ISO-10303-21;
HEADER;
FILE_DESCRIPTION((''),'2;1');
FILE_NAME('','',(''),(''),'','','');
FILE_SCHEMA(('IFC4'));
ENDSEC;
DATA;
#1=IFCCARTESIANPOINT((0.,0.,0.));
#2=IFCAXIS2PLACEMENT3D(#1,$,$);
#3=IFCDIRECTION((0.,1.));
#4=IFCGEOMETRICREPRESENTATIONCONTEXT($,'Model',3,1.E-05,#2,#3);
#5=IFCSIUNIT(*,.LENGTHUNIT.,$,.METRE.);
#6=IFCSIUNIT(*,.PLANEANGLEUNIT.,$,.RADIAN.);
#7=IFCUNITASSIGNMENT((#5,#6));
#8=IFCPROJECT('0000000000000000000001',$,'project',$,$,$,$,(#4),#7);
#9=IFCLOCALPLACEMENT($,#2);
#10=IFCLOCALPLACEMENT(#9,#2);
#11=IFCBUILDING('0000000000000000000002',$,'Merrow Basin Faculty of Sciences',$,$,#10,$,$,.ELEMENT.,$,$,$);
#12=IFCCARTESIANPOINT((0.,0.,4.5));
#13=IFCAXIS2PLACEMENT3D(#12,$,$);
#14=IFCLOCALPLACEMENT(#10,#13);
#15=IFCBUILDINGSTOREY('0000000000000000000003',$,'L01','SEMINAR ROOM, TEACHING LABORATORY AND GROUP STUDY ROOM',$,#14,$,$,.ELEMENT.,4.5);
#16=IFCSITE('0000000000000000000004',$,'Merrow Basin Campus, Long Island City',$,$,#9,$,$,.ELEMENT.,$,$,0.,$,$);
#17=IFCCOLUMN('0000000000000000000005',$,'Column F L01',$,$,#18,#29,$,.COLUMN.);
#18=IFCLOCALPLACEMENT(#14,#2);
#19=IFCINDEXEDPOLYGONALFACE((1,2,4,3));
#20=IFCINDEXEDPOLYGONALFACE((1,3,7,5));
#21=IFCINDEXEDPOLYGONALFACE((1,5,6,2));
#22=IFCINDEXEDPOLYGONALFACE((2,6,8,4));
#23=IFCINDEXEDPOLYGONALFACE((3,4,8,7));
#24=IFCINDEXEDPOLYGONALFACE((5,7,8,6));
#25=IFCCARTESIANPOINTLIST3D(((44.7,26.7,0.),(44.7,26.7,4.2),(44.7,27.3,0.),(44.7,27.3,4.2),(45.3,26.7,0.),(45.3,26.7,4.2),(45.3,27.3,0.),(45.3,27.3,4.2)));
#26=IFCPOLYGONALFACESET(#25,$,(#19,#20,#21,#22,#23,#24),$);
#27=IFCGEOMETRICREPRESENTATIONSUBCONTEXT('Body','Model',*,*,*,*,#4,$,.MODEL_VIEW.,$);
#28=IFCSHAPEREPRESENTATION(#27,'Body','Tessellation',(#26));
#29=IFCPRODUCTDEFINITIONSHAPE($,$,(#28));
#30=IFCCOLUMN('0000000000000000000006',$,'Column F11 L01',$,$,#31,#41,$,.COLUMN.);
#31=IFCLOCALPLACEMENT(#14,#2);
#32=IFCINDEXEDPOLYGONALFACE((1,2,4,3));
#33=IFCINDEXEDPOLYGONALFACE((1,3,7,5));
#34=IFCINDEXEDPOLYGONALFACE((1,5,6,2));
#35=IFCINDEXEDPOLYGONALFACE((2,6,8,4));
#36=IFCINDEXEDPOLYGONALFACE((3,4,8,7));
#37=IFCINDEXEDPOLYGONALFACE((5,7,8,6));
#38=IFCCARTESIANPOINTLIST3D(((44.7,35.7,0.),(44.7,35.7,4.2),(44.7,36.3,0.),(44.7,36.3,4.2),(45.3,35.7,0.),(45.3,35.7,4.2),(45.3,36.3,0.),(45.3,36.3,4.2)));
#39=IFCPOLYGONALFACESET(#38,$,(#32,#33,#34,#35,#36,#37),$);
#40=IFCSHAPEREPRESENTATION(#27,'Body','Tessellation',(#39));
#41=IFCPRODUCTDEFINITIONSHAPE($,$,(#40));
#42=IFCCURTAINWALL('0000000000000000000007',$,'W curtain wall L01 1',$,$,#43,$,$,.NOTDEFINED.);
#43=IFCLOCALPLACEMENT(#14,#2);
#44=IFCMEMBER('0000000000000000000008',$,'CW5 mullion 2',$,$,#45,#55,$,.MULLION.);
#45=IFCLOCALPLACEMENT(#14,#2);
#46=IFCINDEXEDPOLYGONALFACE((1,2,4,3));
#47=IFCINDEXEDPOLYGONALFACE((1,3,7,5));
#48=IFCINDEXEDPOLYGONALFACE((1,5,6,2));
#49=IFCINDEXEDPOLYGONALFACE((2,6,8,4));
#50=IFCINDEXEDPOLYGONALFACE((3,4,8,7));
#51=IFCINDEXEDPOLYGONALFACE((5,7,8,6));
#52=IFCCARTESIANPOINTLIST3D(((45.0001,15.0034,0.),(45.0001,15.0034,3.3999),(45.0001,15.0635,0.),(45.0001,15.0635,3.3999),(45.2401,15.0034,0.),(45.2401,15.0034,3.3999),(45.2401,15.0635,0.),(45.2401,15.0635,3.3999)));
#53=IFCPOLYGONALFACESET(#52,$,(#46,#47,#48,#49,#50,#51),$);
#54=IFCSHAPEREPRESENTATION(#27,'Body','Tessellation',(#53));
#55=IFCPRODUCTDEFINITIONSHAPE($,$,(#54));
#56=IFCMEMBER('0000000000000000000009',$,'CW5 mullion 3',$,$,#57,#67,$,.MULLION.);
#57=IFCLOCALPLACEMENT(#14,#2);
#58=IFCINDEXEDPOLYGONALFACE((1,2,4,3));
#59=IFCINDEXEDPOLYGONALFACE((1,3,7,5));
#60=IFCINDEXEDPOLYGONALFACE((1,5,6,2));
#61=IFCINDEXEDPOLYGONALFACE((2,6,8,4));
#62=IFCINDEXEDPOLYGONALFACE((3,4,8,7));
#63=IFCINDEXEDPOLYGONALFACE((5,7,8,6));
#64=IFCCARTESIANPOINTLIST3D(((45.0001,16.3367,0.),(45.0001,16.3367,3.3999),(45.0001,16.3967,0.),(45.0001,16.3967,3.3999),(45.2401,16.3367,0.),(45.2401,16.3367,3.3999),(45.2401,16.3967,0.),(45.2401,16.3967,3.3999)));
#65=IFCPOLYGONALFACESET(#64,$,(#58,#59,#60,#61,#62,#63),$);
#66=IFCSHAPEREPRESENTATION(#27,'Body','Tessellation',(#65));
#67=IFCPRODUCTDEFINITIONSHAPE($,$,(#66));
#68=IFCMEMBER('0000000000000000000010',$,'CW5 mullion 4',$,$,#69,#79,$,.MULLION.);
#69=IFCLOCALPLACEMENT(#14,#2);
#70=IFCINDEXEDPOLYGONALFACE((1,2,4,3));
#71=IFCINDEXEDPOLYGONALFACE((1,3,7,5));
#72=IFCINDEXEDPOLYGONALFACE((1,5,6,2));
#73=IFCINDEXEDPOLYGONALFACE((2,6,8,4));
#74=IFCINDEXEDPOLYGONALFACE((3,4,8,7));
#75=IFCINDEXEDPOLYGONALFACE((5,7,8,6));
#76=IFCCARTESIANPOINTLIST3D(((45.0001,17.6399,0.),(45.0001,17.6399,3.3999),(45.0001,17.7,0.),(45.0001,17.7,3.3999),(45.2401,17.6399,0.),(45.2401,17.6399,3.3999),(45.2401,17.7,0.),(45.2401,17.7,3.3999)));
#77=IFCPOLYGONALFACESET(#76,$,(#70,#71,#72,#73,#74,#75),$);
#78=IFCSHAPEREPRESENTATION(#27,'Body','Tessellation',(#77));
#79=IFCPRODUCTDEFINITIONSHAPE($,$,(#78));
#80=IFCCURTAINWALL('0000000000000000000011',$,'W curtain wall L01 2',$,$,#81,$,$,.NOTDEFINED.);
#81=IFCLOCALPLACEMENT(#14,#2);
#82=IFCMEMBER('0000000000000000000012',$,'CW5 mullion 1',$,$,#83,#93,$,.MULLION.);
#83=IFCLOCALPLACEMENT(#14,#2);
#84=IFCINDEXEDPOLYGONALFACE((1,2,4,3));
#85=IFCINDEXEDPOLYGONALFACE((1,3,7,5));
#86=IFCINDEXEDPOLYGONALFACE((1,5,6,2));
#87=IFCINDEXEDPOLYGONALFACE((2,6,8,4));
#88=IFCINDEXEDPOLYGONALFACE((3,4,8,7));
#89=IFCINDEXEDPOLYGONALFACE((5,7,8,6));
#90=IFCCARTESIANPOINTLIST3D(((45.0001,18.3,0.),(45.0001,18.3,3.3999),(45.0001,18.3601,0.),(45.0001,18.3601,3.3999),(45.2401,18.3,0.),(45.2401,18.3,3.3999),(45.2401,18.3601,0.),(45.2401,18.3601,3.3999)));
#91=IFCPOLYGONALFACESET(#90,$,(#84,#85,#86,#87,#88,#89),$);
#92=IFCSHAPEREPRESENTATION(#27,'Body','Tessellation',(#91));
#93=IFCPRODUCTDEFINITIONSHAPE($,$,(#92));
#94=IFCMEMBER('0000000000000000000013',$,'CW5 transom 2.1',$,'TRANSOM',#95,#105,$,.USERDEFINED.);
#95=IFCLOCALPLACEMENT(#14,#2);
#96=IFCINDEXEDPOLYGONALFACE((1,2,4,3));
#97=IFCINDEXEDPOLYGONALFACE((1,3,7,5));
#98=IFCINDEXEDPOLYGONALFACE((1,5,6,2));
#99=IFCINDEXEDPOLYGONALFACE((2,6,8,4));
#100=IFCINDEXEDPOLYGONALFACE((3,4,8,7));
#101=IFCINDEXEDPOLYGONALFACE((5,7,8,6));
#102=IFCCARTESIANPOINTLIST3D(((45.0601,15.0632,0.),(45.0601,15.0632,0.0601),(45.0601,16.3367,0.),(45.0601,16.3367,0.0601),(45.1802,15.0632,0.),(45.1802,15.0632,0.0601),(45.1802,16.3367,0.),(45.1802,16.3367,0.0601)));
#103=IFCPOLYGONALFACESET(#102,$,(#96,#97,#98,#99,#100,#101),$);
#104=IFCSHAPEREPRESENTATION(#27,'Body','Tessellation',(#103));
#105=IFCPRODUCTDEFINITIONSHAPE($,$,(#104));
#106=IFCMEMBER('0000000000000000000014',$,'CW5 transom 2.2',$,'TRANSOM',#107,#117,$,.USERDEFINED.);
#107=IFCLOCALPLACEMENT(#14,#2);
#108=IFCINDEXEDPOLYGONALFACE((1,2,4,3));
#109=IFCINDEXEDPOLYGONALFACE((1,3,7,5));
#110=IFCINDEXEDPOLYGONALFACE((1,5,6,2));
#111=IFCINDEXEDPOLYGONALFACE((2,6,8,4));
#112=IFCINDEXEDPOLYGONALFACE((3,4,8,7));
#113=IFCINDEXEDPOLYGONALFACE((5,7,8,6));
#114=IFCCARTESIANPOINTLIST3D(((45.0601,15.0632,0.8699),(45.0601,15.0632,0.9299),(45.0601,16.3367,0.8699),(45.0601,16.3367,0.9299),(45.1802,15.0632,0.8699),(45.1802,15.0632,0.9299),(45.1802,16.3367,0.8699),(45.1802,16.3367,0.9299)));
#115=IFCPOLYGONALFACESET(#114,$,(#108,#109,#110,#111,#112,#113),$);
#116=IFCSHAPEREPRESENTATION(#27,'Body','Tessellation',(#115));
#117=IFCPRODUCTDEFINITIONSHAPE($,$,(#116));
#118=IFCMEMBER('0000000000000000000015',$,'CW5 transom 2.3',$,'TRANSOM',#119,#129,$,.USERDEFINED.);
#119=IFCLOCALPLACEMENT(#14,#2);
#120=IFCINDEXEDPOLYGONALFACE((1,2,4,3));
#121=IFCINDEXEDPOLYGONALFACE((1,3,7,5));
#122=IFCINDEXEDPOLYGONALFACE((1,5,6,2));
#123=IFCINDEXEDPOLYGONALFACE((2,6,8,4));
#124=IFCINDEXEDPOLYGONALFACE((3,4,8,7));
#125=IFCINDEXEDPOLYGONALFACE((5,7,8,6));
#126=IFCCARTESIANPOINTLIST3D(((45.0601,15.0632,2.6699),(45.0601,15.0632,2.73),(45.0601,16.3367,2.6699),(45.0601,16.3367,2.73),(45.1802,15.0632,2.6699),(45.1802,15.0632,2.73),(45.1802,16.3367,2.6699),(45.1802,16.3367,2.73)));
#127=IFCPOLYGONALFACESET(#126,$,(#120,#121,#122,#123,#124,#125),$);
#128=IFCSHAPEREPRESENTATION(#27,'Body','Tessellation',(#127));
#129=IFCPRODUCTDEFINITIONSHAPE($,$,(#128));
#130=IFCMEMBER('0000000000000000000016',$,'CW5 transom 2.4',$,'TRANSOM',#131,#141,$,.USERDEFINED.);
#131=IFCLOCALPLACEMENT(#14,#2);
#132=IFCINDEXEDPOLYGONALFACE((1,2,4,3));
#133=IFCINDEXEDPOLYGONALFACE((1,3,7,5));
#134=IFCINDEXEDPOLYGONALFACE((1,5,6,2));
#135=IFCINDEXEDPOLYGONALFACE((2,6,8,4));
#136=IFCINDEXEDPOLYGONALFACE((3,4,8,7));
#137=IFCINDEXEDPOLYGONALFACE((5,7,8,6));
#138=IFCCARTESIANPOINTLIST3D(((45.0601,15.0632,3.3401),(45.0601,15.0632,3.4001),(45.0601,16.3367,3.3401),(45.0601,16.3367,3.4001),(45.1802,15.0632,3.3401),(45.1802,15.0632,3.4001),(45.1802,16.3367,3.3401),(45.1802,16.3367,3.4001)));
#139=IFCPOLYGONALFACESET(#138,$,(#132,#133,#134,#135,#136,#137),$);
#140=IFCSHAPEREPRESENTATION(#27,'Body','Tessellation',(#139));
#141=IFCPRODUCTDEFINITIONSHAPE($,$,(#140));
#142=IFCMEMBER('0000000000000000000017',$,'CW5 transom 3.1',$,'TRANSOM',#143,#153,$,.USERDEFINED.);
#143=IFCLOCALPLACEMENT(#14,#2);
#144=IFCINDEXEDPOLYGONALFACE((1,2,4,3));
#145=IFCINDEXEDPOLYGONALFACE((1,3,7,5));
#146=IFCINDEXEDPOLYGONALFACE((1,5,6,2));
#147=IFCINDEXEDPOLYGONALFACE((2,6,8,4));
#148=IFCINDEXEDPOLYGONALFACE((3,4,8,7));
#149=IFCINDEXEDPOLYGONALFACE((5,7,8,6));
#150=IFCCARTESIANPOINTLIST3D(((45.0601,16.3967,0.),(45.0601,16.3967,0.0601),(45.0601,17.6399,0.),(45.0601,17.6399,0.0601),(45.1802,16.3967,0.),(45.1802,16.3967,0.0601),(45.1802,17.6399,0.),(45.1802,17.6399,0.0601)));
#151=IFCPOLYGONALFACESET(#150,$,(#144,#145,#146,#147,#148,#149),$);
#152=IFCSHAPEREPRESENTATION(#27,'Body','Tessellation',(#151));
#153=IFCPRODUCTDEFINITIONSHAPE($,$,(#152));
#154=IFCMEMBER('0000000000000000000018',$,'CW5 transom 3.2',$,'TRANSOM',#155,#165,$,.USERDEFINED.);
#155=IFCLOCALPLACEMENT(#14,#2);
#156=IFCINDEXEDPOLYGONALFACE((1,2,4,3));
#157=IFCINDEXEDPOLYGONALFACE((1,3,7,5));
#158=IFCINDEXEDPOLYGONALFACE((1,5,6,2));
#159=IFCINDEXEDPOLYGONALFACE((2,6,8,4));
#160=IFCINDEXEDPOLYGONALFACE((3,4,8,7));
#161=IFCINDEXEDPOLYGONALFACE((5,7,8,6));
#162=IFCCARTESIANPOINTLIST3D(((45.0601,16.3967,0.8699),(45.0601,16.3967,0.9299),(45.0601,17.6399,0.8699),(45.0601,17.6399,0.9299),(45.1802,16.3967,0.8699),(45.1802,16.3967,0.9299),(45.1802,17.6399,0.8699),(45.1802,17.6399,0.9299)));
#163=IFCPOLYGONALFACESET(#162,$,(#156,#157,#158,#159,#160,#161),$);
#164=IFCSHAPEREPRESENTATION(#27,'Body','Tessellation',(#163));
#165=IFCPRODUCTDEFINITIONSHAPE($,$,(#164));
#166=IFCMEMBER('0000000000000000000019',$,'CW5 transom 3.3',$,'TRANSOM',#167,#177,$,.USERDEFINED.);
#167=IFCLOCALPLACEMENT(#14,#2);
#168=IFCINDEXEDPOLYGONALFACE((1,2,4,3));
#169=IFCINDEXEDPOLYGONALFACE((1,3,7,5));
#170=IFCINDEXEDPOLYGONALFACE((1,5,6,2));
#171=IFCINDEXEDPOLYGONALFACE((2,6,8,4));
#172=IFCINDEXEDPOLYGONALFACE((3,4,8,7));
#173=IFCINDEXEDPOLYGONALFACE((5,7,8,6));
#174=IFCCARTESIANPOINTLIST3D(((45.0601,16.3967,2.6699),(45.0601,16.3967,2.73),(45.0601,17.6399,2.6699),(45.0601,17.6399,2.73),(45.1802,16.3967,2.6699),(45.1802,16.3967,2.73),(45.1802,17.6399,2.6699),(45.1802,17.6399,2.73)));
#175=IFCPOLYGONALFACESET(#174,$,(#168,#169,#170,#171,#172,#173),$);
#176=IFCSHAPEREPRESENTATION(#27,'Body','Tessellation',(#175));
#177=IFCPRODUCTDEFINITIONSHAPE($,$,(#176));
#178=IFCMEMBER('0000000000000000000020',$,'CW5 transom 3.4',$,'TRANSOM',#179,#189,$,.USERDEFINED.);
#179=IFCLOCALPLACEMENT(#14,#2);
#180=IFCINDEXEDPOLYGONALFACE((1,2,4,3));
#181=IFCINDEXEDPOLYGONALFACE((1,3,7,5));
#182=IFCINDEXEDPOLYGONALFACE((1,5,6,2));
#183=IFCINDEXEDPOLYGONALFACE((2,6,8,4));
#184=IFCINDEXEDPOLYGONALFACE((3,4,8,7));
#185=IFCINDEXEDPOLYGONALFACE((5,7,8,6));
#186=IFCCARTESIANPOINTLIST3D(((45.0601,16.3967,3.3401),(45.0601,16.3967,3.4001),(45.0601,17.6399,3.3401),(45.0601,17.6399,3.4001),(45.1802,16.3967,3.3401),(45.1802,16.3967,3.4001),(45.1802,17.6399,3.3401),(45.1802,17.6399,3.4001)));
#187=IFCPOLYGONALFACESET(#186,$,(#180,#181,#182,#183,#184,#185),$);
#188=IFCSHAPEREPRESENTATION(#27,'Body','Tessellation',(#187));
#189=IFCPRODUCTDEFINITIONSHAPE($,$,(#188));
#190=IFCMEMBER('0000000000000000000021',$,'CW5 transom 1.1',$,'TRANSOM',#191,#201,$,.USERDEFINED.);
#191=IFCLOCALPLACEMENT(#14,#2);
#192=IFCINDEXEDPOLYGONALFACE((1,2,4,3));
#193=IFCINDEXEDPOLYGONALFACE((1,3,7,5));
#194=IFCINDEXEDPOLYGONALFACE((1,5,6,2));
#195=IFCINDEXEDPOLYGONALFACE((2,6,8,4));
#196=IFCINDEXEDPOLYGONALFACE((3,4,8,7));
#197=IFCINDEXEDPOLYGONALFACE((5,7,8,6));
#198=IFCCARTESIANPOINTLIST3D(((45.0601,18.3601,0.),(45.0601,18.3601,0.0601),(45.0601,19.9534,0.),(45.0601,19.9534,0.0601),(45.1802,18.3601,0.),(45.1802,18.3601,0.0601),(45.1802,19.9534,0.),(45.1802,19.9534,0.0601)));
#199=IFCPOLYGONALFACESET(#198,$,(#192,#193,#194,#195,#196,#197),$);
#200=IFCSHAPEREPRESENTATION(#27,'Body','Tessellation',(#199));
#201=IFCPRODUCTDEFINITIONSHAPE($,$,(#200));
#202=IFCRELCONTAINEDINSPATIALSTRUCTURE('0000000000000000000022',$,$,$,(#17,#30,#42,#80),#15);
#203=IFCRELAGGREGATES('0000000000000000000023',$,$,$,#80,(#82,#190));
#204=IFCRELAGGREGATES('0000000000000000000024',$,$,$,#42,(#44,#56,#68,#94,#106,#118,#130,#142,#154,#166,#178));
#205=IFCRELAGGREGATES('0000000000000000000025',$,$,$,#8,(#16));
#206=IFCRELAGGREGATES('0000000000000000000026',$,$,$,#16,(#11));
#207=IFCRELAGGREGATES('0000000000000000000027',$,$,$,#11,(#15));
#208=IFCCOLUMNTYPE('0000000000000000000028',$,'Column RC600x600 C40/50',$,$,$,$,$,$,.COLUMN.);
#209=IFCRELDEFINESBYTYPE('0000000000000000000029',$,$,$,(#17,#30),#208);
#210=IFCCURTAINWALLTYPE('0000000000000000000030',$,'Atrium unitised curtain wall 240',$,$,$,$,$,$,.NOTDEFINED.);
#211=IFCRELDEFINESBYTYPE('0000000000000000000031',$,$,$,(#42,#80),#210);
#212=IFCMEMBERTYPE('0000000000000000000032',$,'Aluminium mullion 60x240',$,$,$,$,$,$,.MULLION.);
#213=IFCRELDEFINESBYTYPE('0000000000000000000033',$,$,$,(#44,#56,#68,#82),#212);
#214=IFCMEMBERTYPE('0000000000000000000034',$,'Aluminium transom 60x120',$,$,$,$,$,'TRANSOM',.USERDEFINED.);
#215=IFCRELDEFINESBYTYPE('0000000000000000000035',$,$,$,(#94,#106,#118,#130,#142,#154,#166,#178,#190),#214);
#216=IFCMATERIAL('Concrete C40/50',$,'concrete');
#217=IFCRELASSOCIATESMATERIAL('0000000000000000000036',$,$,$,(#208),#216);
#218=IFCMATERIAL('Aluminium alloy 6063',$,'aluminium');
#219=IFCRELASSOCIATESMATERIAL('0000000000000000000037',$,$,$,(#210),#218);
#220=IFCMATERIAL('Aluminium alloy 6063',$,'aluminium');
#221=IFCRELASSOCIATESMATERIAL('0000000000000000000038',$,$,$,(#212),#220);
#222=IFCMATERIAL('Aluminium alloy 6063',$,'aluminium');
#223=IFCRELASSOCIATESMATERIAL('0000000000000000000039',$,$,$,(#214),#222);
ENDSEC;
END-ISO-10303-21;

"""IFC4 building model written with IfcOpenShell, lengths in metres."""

from ifc_helpers import new_model, si_unit, direction, frame, origin, origin_2d, place, context, subcontext, project, spatial, rectangle, extrude, material, material_profile, profile_set, type_object, element, aggregate, save


model = new_model("IFC4")

# Units and contexts
model_context = context("Model", 3, precision=1e-05, world=origin(), true_north=direction((0.0, 1.0)))
body_context = subcontext(model_context, "Body", "Model", "MODEL_VIEW")
ifc_project = project(units=[si_unit("LENGTHUNIT", "METRE"), si_unit("PLANEANGLEUNIT", "RADIAN")], contexts=[model_context])

# Site, building, storey
site_placement = place(None, origin())
site = spatial("IfcSite", under=ifc_project, at=site_placement, Name="Merrow Basin Campus, Long Island City", CompositionType="ELEMENT", RefElevation=0.0)
building_placement = place(site_placement, origin())
building = spatial("IfcBuilding", under=site, at=building_placement, Name="Merrow Basin Faculty of Sciences", CompositionType="ELEMENT")
storey_placement = place(building_placement, frame((0.0, 0.0, 4.5)))
storey = spatial("IfcBuildingStorey", under=building, at=storey_placement, Name="L01", Description="SEMINAR ROOM, TEACHING LABORATORY AND GROUP STUDY ROOM", CompositionType="ELEMENT", Elevation=4.5)

# Columns
ifc_material_1 = material(Name="Concrete C40/50", Category="concrete")
ifc_material_profile_1 = material_profile(ifc_material_1, rectangle(XDim=0.6001, YDim=0.6001, at=origin_2d()))
ifc_profile_set_1 = profile_set([ifc_material_profile_1], Name="Concrete C40/50")
column_type = type_object("IfcColumnType", Name="Column RC600x600 C40/50", PredefinedType="COLUMN", material=ifc_profile_set_1)
for number, where, z_axis, x_axis, name in (
    (1, (45.0, 27.0, 0.0), (0.0, 0.0, 1.0), (1.0, 0.0, 0.0), "Column F L01"),
    (2, (45.0, 36.0, 0.0), (0.0, 0.0, 1.0), (1.0, 0.0, 0.0), "Column F11 L01"),
):
    element("IfcColumn", number, at=place(storey_placement, frame(where, z_axis=z_axis, x_axis=x_axis)), inside=storey, type_object=column_type, Name=name, PredefinedType="COLUMN", context=body_context, shape_type="SweptSolid", body=[
        extrude(rectangle(XDim=0.6001, YDim=0.6001, at=origin_2d()), origin(), (0.0, 0.0, 1.0), 4.2),
    ])

# Curtain wall, members
ifc_material_2 = material(Name="Aluminium alloy 6063", Category="aluminium")
curtain_wall_type = type_object("IfcCurtainWallType", Name="Atrium unitised curtain wall 240", PredefinedType="NOTDEFINED", material=ifc_material_2)
curtain_wall_1_placement = place(storey_placement, origin())
curtain_wall_1 = element("IfcCurtainWall", 3, at=curtain_wall_1_placement, inside=storey, type_object=curtain_wall_type, Name="W curtain wall L01 1", PredefinedType="NOTDEFINED")
ifc_material_3 = material(Name="Aluminium alloy 6063", Category="aluminium")
ifc_material_profile_2 = material_profile(ifc_material_3, rectangle(XDim=0.24, YDim=0.0601, at=origin_2d()))
ifc_profile_set_2 = profile_set([ifc_material_profile_2], Name="Aluminium alloy 6063")
member_type_1 = type_object("IfcMemberType", Name="Aluminium mullion 60x240", PredefinedType="MULLION", material=ifc_profile_set_2)
member_1_placement = place(storey_placement, frame((45.1201, 15.0334, 0.0), z_axis=(0.0, 0.0, 1.0), x_axis=(-1.0, 0.0, 0.0)))
member_1 = element("IfcMember", 4, at=member_1_placement, type_object=member_type_1, Name="CW5 mullion 2", PredefinedType="MULLION", context=body_context, shape_type="SweptSolid", body=[
    extrude(rectangle(XDim=0.24, YDim=0.0601, at=origin_2d()), origin(), (0.0, 0.0, 1.0), 3.3999),
])
member_2_placement = place(storey_placement, frame((45.1201, 16.3667, 0.0), z_axis=(0.0, 0.0, 1.0), x_axis=(-1.0, 0.0, 0.0)))
member_2 = element("IfcMember", 5, at=member_2_placement, type_object=member_type_1, Name="CW5 mullion 3", PredefinedType="MULLION", context=body_context, shape_type="SweptSolid", body=[
    extrude(rectangle(XDim=0.24, YDim=0.0601, at=origin_2d()), origin(), (0.0, 0.0, 1.0), 3.3999),
])
member_3_placement = place(storey_placement, frame((45.1201, 17.6699, 0.0), z_axis=(0.0, 0.0, 1.0), x_axis=(-1.0, 0.0, 0.0)))
member_3 = element("IfcMember", 6, at=member_3_placement, type_object=member_type_1, Name="CW5 mullion 4", PredefinedType="MULLION", context=body_context, shape_type="SweptSolid", body=[
    extrude(rectangle(XDim=0.24, YDim=0.0601, at=origin_2d()), origin(), (0.0, 0.0, 1.0), 3.3999),
])

# Curtain wall, member
curtain_wall_2_placement = place(storey_placement, origin())
curtain_wall_2 = element("IfcCurtainWall", 7, at=curtain_wall_2_placement, inside=storey, type_object=curtain_wall_type, Name="W curtain wall L01 2", PredefinedType="NOTDEFINED")
member_4_placement = place(storey_placement, frame((45.1201, 18.3301, 0.0), z_axis=(0.0, 0.0, 1.0), x_axis=(-1.0, 0.0, 0.0)))
member_4 = element("IfcMember", 8, at=member_4_placement, type_object=member_type_1, Name="CW5 mullion 1", PredefinedType="MULLION", context=body_context, shape_type="SweptSolid", body=[
    extrude(rectangle(XDim=0.24, YDim=0.0601, at=origin_2d()), origin(), (0.0, 0.0, 1.0), 3.3999),
])

# Members
ifc_material_4 = material(Name="Aluminium alloy 6063", Category="aluminium")
ifc_material_profile_3 = material_profile(ifc_material_4, rectangle(XDim=0.1201, YDim=0.0601, at=origin_2d()))
ifc_profile_set_3 = profile_set([ifc_material_profile_3], Name="Aluminium alloy 6063")
member_type_2 = type_object("IfcMemberType", Name="Aluminium transom 60x120", ElementType="TRANSOM", PredefinedType="USERDEFINED", material=ifc_profile_set_3)
member_5_placement = place(storey_placement, frame((45.1201, 15.0632, 0.03), z_axis=(0.0, 1.0, 0.0), x_axis=(-1.0, 0.0, 0.0)))
member_5 = element("IfcMember", 9, at=member_5_placement, type_object=member_type_2, Name="CW5 transom 2.1", ObjectType="TRANSOM", PredefinedType="USERDEFINED", context=body_context, shape_type="SweptSolid", body=[
    extrude(rectangle(XDim=0.1201, YDim=0.0601, at=origin_2d()), origin(), (0.0, 0.0, 1.0), 1.2734),
])
member_6_placement = place(storey_placement, frame((45.1201, 15.0632, 0.8999), z_axis=(0.0, 1.0, 0.0), x_axis=(-1.0, 0.0, 0.0)))
member_6 = element("IfcMember", 10, at=member_6_placement, type_object=member_type_2, Name="CW5 transom 2.2", ObjectType="TRANSOM", PredefinedType="USERDEFINED", context=body_context, shape_type="SweptSolid", body=[
    extrude(rectangle(XDim=0.1201, YDim=0.0601, at=origin_2d()), origin(), (0.0, 0.0, 1.0), 1.2734),
])
member_7_placement = place(storey_placement, frame((45.1201, 15.0632, 2.7), z_axis=(0.0, 1.0, 0.0), x_axis=(-1.0, 0.0, 0.0)))
member_7 = element("IfcMember", 11, at=member_7_placement, type_object=member_type_2, Name="CW5 transom 2.3", ObjectType="TRANSOM", PredefinedType="USERDEFINED", context=body_context, shape_type="SweptSolid", body=[
    extrude(rectangle(XDim=0.1201, YDim=0.0601, at=origin_2d()), origin(), (0.0, 0.0, 1.0), 1.2734),
])
member_8_placement = place(storey_placement, frame((45.1201, 15.0632, 3.3701), z_axis=(0.0, 1.0, 0.0), x_axis=(-1.0, 0.0, 0.0)))
member_8 = element("IfcMember", 12, at=member_8_placement, type_object=member_type_2, Name="CW5 transom 2.4", ObjectType="TRANSOM", PredefinedType="USERDEFINED", context=body_context, shape_type="SweptSolid", body=[
    extrude(rectangle(XDim=0.1201, YDim=0.0601, at=origin_2d()), origin(), (0.0, 0.0, 1.0), 1.2734),
])
member_9_placement = place(storey_placement, frame((45.1201, 16.3967, 0.03), z_axis=(0.0, 1.0, 0.0), x_axis=(-1.0, 0.0, 0.0)))
member_9 = element("IfcMember", 13, at=member_9_placement, type_object=member_type_2, Name="CW5 transom 3.1", ObjectType="TRANSOM", PredefinedType="USERDEFINED", context=body_context, shape_type="SweptSolid", body=[
    extrude(rectangle(XDim=0.1201, YDim=0.0601, at=origin_2d()), origin(), (0.0, 0.0, 1.0), 1.2432),
])
member_10_placement = place(storey_placement, frame((45.1201, 16.3967, 0.8999), z_axis=(0.0, 1.0, 0.0), x_axis=(-1.0, 0.0, 0.0)))
member_10 = element("IfcMember", 14, at=member_10_placement, type_object=member_type_2, Name="CW5 transom 3.2", ObjectType="TRANSOM", PredefinedType="USERDEFINED", context=body_context, shape_type="SweptSolid", body=[
    extrude(rectangle(XDim=0.1201, YDim=0.0601, at=origin_2d()), origin(), (0.0, 0.0, 1.0), 1.2432),
])
member_11_placement = place(storey_placement, frame((45.1201, 16.3967, 2.7), z_axis=(0.0, 1.0, 0.0), x_axis=(-1.0, 0.0, 0.0)))
member_11 = element("IfcMember", 15, at=member_11_placement, type_object=member_type_2, Name="CW5 transom 3.3", ObjectType="TRANSOM", PredefinedType="USERDEFINED", context=body_context, shape_type="SweptSolid", body=[
    extrude(rectangle(XDim=0.1201, YDim=0.0601, at=origin_2d()), origin(), (0.0, 0.0, 1.0), 1.2432),
])
member_12_placement = place(storey_placement, frame((45.1201, 16.3967, 3.3701), z_axis=(0.0, 1.0, 0.0), x_axis=(-1.0, 0.0, 0.0)))
member_12 = element("IfcMember", 16, at=member_12_placement, type_object=member_type_2, Name="CW5 transom 3.4", ObjectType="TRANSOM", PredefinedType="USERDEFINED", context=body_context, shape_type="SweptSolid", body=[
    extrude(rectangle(XDim=0.1201, YDim=0.0601, at=origin_2d()), origin(), (0.0, 0.0, 1.0), 1.2432),
])
member_13_placement = place(storey_placement, frame((45.1201, 18.3601, 0.03), z_axis=(0.0, 1.0, 0.0), x_axis=(-1.0, 0.0, 0.0)))
member_13 = element("IfcMember", 17, at=member_13_placement, type_object=member_type_2, Name="CW5 transom 1.1", ObjectType="TRANSOM", PredefinedType="USERDEFINED", context=body_context, shape_type="SweptSolid", body=[
    extrude(rectangle(XDim=0.1201, YDim=0.0601, at=origin_2d()), origin(), (0.0, 0.0, 1.0), 1.5933),
])
aggregate(curtain_wall_2, [member_4, member_13])

aggregate(curtain_wall_1, [member_1, member_2, member_3, member_5, member_6, member_7, member_8, member_9, member_10, member_11, member_12])

save(model, "model.ifc")
